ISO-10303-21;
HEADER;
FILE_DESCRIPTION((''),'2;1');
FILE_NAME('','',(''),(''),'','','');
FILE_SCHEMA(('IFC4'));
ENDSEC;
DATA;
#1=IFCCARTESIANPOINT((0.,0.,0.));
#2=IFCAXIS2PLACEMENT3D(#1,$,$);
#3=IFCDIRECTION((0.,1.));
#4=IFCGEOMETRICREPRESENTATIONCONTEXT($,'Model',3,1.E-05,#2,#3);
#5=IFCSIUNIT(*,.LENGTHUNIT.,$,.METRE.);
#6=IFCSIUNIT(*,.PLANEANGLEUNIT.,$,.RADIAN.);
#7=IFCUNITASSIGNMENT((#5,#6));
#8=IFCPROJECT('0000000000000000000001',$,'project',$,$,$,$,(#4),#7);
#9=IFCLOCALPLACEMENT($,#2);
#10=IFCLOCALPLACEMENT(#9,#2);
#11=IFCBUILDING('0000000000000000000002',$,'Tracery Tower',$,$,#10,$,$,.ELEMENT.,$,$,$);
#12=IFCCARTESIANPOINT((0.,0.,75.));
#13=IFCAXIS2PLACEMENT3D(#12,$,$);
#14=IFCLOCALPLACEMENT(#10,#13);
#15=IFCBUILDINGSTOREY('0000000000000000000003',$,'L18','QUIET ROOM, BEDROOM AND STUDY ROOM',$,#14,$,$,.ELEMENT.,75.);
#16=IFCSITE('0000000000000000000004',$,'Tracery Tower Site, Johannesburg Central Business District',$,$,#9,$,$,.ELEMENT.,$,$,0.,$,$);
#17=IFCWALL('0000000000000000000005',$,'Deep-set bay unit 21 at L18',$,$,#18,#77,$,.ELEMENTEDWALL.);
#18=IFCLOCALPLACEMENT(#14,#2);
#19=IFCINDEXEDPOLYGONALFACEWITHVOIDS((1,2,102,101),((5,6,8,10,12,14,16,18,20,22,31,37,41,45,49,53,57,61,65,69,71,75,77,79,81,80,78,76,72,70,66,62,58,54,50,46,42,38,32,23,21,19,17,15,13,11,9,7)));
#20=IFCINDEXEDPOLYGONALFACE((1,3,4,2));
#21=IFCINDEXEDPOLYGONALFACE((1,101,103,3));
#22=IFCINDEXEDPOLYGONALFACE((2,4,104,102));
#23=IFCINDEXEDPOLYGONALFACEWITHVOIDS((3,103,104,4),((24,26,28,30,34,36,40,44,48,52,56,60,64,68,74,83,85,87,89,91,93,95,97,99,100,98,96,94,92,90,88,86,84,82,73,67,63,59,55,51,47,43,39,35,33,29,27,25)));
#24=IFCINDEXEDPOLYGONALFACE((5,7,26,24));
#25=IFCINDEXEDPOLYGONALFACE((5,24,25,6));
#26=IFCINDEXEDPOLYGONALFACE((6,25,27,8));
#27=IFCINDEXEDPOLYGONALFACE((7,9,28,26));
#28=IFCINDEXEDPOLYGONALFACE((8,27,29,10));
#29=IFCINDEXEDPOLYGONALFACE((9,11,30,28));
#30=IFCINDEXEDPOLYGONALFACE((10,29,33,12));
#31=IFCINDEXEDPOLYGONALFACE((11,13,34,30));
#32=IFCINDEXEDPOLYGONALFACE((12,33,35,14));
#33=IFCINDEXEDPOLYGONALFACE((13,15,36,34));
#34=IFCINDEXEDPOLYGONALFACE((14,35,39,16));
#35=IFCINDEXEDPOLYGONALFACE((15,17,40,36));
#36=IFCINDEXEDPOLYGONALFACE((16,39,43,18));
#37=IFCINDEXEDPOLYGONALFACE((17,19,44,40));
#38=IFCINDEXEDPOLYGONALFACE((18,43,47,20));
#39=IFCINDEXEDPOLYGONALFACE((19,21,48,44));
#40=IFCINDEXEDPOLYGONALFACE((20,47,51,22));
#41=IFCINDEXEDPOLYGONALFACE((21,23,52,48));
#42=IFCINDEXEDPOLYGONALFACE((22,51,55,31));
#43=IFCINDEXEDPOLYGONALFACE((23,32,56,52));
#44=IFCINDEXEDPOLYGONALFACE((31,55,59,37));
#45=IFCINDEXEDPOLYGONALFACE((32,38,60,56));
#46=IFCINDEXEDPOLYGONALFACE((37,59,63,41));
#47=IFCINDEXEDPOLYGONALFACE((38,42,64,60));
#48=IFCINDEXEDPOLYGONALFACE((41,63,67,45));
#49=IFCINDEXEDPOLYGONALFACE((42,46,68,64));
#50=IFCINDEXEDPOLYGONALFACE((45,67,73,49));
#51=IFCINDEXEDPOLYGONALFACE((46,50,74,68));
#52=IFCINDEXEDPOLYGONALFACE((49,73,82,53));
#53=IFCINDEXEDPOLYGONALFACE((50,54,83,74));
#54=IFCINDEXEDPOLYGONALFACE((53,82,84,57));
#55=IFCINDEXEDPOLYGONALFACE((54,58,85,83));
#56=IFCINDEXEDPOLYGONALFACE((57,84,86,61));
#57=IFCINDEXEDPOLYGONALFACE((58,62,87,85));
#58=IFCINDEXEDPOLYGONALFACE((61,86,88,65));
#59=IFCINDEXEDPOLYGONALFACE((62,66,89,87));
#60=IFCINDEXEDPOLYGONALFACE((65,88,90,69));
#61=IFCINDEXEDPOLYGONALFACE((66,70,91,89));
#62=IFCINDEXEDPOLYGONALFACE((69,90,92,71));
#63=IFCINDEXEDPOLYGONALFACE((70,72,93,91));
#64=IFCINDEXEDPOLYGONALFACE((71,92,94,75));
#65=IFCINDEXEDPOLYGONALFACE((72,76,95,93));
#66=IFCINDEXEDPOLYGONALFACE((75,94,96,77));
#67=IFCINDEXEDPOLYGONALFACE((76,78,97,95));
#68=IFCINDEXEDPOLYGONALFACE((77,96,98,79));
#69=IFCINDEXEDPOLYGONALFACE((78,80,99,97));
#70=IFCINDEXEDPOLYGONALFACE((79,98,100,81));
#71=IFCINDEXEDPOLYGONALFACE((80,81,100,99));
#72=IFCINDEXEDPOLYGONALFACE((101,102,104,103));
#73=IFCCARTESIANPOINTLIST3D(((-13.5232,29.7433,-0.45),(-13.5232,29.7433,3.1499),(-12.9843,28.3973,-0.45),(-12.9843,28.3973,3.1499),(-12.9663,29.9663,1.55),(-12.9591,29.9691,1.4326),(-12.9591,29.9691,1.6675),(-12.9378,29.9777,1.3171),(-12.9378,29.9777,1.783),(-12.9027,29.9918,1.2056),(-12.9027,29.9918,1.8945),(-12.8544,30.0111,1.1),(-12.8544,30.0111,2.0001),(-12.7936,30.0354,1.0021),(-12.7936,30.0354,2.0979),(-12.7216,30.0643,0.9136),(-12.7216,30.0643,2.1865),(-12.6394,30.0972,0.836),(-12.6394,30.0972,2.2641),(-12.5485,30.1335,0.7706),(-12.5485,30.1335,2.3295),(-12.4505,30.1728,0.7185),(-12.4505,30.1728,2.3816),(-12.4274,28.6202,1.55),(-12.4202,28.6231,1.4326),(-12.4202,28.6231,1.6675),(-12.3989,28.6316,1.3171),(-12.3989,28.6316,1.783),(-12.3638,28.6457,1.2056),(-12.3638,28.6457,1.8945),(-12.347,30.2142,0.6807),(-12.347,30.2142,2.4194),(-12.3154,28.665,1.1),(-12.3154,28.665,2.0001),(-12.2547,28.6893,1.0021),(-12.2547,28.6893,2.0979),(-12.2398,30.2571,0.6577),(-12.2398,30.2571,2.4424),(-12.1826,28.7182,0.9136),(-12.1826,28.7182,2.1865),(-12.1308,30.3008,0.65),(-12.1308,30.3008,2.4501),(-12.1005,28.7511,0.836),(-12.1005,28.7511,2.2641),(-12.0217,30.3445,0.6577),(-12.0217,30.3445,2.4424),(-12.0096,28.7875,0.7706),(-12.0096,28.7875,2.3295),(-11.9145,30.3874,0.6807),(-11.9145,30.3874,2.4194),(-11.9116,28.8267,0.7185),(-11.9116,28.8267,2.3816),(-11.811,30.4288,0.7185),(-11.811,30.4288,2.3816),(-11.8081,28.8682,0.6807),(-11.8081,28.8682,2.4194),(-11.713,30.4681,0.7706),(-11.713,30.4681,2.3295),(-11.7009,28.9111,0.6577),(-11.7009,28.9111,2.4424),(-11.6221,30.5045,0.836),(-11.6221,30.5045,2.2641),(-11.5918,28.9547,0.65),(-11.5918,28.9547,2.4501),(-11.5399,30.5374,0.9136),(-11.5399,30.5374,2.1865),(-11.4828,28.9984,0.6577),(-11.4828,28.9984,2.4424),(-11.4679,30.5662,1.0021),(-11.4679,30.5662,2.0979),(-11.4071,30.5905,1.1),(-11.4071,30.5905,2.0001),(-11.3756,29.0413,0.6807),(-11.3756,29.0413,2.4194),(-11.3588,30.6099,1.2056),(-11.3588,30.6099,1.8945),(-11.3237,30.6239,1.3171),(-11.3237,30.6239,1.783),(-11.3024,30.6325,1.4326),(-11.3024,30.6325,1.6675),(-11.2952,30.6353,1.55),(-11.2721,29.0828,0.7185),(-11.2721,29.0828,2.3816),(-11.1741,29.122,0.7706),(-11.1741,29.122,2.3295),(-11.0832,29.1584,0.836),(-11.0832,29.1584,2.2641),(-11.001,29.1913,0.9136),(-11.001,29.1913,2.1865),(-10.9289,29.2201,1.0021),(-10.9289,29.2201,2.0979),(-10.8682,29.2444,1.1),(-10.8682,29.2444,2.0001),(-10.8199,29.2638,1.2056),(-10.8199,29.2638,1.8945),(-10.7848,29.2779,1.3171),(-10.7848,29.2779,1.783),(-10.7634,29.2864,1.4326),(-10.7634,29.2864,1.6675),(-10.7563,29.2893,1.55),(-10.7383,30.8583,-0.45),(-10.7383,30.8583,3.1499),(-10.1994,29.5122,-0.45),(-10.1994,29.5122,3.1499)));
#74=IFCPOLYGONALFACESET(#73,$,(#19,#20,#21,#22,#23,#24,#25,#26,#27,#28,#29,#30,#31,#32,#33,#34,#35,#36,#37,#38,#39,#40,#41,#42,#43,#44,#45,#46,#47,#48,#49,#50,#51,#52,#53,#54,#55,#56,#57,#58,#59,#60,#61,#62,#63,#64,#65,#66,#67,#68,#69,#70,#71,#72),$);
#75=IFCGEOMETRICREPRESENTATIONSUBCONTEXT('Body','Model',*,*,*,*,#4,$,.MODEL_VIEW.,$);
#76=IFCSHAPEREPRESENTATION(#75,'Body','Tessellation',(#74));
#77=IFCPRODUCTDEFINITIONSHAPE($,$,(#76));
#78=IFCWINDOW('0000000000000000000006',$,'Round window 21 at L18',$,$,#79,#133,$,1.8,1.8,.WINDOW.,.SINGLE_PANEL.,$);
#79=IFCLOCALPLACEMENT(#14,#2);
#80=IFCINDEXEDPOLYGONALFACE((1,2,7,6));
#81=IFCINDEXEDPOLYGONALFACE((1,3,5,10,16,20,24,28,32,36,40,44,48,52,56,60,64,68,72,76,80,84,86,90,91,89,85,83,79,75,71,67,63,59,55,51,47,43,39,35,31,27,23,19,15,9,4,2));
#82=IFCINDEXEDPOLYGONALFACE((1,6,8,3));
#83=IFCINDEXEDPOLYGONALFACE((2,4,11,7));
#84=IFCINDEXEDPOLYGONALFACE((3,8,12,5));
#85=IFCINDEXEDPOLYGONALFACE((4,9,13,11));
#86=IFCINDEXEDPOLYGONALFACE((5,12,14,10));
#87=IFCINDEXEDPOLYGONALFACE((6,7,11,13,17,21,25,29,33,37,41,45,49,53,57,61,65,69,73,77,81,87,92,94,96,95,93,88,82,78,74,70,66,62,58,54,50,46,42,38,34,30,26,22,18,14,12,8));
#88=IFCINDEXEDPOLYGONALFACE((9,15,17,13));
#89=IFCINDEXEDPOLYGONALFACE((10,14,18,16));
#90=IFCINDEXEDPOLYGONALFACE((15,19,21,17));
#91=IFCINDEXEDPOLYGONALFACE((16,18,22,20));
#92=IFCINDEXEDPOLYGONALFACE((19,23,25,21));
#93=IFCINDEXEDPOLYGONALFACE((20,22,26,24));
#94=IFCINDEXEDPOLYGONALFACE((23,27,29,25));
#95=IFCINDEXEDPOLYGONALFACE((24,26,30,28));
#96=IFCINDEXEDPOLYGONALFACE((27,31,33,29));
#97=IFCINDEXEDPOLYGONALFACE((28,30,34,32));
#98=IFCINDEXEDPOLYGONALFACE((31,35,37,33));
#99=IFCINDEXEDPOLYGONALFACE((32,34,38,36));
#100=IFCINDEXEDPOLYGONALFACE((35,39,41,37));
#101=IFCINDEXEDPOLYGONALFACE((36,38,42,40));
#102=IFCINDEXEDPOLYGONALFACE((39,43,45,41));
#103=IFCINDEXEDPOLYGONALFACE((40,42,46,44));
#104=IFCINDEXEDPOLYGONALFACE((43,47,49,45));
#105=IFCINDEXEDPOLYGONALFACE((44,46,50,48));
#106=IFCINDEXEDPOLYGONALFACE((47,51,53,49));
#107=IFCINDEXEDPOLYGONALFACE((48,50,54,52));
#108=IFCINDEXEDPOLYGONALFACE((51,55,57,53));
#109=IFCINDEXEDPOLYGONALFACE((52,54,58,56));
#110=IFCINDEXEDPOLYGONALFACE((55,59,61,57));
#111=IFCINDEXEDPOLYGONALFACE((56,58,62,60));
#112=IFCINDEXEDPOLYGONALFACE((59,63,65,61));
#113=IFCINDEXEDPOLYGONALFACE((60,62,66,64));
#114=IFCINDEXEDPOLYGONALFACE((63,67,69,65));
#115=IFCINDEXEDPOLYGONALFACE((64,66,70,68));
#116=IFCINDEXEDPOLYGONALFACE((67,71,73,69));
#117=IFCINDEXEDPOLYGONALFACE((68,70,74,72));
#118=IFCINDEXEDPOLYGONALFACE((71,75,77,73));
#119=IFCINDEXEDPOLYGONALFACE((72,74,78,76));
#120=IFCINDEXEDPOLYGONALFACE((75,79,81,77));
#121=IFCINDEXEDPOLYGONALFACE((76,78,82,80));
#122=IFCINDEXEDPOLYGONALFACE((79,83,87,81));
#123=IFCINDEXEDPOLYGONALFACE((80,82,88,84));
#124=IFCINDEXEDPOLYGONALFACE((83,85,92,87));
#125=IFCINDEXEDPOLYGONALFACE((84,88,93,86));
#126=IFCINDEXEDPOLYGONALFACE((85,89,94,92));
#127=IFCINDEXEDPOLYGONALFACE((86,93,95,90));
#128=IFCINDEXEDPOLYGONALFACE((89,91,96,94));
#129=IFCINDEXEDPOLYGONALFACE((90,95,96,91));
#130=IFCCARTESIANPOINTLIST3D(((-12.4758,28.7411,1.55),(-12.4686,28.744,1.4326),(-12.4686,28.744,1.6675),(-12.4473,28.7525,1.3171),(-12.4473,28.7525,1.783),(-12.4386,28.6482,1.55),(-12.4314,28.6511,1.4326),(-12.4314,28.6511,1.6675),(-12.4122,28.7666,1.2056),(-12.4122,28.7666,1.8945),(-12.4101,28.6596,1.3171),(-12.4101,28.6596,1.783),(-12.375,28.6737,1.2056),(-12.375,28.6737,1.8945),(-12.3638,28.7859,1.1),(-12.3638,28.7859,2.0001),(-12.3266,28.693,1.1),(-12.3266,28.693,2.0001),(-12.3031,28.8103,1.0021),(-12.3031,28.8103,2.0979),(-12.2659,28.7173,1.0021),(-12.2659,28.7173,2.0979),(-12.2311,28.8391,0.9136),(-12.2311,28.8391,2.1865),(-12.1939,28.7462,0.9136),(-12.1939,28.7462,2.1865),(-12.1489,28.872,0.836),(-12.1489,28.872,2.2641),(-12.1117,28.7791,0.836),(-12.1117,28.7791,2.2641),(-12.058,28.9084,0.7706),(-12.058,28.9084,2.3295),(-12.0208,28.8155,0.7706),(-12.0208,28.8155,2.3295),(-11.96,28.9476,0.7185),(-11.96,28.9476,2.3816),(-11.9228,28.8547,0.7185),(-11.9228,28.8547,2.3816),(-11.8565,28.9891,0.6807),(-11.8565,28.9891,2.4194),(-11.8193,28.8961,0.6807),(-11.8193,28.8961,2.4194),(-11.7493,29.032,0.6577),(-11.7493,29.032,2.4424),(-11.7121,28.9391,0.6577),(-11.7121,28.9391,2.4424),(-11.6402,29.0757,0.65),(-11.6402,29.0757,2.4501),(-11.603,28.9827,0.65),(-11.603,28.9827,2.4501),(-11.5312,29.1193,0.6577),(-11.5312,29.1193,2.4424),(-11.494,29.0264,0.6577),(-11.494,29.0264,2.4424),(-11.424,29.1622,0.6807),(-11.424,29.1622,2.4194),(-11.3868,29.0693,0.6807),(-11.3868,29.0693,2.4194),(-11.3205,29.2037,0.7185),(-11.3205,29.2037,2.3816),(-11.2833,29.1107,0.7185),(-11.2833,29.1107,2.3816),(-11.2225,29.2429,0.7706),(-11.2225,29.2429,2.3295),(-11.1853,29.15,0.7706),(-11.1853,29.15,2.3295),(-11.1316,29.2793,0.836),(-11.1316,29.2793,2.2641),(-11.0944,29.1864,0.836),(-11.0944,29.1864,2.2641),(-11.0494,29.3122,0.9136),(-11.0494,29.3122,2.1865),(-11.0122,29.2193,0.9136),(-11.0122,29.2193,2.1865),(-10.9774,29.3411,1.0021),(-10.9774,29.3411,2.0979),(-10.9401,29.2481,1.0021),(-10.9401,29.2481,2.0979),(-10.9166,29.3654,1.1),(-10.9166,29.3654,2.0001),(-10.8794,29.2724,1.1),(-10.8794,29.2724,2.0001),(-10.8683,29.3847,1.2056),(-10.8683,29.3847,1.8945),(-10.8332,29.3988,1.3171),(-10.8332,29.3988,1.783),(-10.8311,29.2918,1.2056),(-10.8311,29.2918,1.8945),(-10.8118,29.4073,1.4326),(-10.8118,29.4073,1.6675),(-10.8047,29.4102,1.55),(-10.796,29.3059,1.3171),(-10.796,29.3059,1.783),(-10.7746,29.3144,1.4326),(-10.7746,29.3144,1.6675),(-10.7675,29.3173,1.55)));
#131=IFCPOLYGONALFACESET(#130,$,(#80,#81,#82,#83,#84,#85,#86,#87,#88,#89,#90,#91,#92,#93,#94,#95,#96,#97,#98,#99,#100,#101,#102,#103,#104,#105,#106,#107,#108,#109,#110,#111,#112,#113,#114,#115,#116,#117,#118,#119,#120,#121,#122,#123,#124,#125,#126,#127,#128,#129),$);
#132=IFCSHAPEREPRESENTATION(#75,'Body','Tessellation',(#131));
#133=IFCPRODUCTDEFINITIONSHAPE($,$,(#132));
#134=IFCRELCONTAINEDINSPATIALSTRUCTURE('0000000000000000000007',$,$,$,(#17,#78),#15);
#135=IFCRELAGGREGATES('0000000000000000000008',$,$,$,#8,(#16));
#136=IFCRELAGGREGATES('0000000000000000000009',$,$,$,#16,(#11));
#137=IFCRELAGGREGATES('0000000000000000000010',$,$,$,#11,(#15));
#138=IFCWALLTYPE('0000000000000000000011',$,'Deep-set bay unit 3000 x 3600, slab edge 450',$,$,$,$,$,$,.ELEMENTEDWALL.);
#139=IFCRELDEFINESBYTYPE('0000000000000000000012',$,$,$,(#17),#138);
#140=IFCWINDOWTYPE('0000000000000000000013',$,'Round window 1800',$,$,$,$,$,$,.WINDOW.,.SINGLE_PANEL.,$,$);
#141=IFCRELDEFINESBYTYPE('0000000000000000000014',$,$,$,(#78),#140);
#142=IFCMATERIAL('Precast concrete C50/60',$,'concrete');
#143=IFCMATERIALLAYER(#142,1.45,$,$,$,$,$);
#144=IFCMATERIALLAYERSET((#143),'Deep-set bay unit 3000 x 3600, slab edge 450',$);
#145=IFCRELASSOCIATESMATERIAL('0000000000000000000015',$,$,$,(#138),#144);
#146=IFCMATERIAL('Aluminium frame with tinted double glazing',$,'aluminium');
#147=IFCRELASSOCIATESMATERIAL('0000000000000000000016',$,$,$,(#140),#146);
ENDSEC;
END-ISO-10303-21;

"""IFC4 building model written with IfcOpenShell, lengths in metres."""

from ifc_helpers import new_model, si_unit, direction, frame, frame_2d, origin, origin_2d, place, context, subcontext, project, spatial, rectangle, circle, extrude, material, layer, layer_set, type_object, element, fill, save


model = new_model("IFC4")

# Units and contexts
model_context = context("Model", 3, precision=1e-05, world=origin(), true_north=direction((0.0, 1.0)))
body_context = subcontext(model_context, "Body", "Model", "MODEL_VIEW")
ifc_project = project(units=[si_unit("LENGTHUNIT", "METRE"), si_unit("PLANEANGLEUNIT", "RADIAN")], contexts=[model_context])

# Site, building, storey
site_placement = place(None, origin())
site = spatial("IfcSite", under=ifc_project, at=site_placement, Name="Tracery Tower Site, Johannesburg Central Business District", CompositionType="ELEMENT", RefElevation=0.0)
building_placement = place(site_placement, origin())
building = spatial("IfcBuilding", under=site, at=building_placement, Name="Tracery Tower", CompositionType="ELEMENT")
storey_placement = place(building_placement, frame((0.0, 0.0, 75.0)))
storey = spatial("IfcBuildingStorey", under=building, at=storey_placement, Name="L18", Description="QUIET ROOM, BEDROOM AND STUDY ROOM", CompositionType="ELEMENT", Elevation=75.0)

# Wall, opening, window
ifc_material_1 = material(Name="Precast concrete C50/60", Category="concrete")
ifc_layer_1 = layer(ifc_material_1, 1.45)
ifc_layer_set_1 = layer_set([ifc_layer_1], Name="Deep-set bay unit 3000 x 3600, slab edge 450")
wall_type_1 = type_object("IfcWallType", Name="Deep-set bay unit 3000 x 3600, slab edge 450", PredefinedType="ELEMENTEDWALL", material=ifc_layer_set_1)
ifc_material_2 = material(Name="Aluminium frame with tinted double glazing", Category="aluminium")
window_type = type_object("IfcWindowType", Name="Round window 1800", PartitioningType="SINGLE_PANEL", PredefinedType="WINDOW", material=ifc_material_2)
wall_1_placement = place(storey_placement, frame((-10.4688, 30.1853, -0.45), z_axis=(0.0, 0.0, 1.0), x_axis=(-0.928359, -0.371685, 0.0)))
wall_1 = element("IfcWall", 1, at=wall_1_placement, inside=storey, type_object=wall_type_1, Name="Deep-set bay unit 21 at L18", PredefinedType="ELEMENTEDWALL", context=body_context, shape_type="SweptSolid", body=[
    extrude(rectangle(XDim=2.9998, YDim=1.45, at=frame_2d((1.5, 0.0))), origin(), (0.0, 0.0, 1.0), 3.5999),
])
opening_1_placement = place(wall_1_placement, frame((1.5, 0.0, 2.0)))
opening_1 = element("IfcOpeningElement", 2, at=opening_1_placement, cuts=wall_1, PredefinedType="OPENING", context=body_context, shape_type="SweptSolid", body=[
    extrude(circle(Radius=0.9, at=origin_2d()), frame((0.0, 0.7349, 0.0), z_axis=(0.0, -1.0, 0.0), x_axis=(1.0, 0.0, 0.0)), (0.0, 0.0, 1.0), 1.47),
])
window_1_placement = place(opening_1_placement, origin())
window_1 = element("IfcWindow", 3, at=window_1_placement, inside=storey, type_object=window_type, Name="Round window 21 at L18", OverallHeight=1.8, OverallWidth=1.8, PartitioningType="SINGLE_PANEL", PredefinedType="WINDOW", context=body_context, shape_type="SweptSolid", body=[
    extrude(circle(Radius=0.9, at=origin_2d()), frame((0.0, 0.6948, 0.0), z_axis=(0.0, -1.0, 0.0), x_axis=(1.0, 0.0, 0.0)), (0.0, 0.0, 1.0), 0.1001),
])
fill(opening_1, window_1)

save(model, "model.ifc")
